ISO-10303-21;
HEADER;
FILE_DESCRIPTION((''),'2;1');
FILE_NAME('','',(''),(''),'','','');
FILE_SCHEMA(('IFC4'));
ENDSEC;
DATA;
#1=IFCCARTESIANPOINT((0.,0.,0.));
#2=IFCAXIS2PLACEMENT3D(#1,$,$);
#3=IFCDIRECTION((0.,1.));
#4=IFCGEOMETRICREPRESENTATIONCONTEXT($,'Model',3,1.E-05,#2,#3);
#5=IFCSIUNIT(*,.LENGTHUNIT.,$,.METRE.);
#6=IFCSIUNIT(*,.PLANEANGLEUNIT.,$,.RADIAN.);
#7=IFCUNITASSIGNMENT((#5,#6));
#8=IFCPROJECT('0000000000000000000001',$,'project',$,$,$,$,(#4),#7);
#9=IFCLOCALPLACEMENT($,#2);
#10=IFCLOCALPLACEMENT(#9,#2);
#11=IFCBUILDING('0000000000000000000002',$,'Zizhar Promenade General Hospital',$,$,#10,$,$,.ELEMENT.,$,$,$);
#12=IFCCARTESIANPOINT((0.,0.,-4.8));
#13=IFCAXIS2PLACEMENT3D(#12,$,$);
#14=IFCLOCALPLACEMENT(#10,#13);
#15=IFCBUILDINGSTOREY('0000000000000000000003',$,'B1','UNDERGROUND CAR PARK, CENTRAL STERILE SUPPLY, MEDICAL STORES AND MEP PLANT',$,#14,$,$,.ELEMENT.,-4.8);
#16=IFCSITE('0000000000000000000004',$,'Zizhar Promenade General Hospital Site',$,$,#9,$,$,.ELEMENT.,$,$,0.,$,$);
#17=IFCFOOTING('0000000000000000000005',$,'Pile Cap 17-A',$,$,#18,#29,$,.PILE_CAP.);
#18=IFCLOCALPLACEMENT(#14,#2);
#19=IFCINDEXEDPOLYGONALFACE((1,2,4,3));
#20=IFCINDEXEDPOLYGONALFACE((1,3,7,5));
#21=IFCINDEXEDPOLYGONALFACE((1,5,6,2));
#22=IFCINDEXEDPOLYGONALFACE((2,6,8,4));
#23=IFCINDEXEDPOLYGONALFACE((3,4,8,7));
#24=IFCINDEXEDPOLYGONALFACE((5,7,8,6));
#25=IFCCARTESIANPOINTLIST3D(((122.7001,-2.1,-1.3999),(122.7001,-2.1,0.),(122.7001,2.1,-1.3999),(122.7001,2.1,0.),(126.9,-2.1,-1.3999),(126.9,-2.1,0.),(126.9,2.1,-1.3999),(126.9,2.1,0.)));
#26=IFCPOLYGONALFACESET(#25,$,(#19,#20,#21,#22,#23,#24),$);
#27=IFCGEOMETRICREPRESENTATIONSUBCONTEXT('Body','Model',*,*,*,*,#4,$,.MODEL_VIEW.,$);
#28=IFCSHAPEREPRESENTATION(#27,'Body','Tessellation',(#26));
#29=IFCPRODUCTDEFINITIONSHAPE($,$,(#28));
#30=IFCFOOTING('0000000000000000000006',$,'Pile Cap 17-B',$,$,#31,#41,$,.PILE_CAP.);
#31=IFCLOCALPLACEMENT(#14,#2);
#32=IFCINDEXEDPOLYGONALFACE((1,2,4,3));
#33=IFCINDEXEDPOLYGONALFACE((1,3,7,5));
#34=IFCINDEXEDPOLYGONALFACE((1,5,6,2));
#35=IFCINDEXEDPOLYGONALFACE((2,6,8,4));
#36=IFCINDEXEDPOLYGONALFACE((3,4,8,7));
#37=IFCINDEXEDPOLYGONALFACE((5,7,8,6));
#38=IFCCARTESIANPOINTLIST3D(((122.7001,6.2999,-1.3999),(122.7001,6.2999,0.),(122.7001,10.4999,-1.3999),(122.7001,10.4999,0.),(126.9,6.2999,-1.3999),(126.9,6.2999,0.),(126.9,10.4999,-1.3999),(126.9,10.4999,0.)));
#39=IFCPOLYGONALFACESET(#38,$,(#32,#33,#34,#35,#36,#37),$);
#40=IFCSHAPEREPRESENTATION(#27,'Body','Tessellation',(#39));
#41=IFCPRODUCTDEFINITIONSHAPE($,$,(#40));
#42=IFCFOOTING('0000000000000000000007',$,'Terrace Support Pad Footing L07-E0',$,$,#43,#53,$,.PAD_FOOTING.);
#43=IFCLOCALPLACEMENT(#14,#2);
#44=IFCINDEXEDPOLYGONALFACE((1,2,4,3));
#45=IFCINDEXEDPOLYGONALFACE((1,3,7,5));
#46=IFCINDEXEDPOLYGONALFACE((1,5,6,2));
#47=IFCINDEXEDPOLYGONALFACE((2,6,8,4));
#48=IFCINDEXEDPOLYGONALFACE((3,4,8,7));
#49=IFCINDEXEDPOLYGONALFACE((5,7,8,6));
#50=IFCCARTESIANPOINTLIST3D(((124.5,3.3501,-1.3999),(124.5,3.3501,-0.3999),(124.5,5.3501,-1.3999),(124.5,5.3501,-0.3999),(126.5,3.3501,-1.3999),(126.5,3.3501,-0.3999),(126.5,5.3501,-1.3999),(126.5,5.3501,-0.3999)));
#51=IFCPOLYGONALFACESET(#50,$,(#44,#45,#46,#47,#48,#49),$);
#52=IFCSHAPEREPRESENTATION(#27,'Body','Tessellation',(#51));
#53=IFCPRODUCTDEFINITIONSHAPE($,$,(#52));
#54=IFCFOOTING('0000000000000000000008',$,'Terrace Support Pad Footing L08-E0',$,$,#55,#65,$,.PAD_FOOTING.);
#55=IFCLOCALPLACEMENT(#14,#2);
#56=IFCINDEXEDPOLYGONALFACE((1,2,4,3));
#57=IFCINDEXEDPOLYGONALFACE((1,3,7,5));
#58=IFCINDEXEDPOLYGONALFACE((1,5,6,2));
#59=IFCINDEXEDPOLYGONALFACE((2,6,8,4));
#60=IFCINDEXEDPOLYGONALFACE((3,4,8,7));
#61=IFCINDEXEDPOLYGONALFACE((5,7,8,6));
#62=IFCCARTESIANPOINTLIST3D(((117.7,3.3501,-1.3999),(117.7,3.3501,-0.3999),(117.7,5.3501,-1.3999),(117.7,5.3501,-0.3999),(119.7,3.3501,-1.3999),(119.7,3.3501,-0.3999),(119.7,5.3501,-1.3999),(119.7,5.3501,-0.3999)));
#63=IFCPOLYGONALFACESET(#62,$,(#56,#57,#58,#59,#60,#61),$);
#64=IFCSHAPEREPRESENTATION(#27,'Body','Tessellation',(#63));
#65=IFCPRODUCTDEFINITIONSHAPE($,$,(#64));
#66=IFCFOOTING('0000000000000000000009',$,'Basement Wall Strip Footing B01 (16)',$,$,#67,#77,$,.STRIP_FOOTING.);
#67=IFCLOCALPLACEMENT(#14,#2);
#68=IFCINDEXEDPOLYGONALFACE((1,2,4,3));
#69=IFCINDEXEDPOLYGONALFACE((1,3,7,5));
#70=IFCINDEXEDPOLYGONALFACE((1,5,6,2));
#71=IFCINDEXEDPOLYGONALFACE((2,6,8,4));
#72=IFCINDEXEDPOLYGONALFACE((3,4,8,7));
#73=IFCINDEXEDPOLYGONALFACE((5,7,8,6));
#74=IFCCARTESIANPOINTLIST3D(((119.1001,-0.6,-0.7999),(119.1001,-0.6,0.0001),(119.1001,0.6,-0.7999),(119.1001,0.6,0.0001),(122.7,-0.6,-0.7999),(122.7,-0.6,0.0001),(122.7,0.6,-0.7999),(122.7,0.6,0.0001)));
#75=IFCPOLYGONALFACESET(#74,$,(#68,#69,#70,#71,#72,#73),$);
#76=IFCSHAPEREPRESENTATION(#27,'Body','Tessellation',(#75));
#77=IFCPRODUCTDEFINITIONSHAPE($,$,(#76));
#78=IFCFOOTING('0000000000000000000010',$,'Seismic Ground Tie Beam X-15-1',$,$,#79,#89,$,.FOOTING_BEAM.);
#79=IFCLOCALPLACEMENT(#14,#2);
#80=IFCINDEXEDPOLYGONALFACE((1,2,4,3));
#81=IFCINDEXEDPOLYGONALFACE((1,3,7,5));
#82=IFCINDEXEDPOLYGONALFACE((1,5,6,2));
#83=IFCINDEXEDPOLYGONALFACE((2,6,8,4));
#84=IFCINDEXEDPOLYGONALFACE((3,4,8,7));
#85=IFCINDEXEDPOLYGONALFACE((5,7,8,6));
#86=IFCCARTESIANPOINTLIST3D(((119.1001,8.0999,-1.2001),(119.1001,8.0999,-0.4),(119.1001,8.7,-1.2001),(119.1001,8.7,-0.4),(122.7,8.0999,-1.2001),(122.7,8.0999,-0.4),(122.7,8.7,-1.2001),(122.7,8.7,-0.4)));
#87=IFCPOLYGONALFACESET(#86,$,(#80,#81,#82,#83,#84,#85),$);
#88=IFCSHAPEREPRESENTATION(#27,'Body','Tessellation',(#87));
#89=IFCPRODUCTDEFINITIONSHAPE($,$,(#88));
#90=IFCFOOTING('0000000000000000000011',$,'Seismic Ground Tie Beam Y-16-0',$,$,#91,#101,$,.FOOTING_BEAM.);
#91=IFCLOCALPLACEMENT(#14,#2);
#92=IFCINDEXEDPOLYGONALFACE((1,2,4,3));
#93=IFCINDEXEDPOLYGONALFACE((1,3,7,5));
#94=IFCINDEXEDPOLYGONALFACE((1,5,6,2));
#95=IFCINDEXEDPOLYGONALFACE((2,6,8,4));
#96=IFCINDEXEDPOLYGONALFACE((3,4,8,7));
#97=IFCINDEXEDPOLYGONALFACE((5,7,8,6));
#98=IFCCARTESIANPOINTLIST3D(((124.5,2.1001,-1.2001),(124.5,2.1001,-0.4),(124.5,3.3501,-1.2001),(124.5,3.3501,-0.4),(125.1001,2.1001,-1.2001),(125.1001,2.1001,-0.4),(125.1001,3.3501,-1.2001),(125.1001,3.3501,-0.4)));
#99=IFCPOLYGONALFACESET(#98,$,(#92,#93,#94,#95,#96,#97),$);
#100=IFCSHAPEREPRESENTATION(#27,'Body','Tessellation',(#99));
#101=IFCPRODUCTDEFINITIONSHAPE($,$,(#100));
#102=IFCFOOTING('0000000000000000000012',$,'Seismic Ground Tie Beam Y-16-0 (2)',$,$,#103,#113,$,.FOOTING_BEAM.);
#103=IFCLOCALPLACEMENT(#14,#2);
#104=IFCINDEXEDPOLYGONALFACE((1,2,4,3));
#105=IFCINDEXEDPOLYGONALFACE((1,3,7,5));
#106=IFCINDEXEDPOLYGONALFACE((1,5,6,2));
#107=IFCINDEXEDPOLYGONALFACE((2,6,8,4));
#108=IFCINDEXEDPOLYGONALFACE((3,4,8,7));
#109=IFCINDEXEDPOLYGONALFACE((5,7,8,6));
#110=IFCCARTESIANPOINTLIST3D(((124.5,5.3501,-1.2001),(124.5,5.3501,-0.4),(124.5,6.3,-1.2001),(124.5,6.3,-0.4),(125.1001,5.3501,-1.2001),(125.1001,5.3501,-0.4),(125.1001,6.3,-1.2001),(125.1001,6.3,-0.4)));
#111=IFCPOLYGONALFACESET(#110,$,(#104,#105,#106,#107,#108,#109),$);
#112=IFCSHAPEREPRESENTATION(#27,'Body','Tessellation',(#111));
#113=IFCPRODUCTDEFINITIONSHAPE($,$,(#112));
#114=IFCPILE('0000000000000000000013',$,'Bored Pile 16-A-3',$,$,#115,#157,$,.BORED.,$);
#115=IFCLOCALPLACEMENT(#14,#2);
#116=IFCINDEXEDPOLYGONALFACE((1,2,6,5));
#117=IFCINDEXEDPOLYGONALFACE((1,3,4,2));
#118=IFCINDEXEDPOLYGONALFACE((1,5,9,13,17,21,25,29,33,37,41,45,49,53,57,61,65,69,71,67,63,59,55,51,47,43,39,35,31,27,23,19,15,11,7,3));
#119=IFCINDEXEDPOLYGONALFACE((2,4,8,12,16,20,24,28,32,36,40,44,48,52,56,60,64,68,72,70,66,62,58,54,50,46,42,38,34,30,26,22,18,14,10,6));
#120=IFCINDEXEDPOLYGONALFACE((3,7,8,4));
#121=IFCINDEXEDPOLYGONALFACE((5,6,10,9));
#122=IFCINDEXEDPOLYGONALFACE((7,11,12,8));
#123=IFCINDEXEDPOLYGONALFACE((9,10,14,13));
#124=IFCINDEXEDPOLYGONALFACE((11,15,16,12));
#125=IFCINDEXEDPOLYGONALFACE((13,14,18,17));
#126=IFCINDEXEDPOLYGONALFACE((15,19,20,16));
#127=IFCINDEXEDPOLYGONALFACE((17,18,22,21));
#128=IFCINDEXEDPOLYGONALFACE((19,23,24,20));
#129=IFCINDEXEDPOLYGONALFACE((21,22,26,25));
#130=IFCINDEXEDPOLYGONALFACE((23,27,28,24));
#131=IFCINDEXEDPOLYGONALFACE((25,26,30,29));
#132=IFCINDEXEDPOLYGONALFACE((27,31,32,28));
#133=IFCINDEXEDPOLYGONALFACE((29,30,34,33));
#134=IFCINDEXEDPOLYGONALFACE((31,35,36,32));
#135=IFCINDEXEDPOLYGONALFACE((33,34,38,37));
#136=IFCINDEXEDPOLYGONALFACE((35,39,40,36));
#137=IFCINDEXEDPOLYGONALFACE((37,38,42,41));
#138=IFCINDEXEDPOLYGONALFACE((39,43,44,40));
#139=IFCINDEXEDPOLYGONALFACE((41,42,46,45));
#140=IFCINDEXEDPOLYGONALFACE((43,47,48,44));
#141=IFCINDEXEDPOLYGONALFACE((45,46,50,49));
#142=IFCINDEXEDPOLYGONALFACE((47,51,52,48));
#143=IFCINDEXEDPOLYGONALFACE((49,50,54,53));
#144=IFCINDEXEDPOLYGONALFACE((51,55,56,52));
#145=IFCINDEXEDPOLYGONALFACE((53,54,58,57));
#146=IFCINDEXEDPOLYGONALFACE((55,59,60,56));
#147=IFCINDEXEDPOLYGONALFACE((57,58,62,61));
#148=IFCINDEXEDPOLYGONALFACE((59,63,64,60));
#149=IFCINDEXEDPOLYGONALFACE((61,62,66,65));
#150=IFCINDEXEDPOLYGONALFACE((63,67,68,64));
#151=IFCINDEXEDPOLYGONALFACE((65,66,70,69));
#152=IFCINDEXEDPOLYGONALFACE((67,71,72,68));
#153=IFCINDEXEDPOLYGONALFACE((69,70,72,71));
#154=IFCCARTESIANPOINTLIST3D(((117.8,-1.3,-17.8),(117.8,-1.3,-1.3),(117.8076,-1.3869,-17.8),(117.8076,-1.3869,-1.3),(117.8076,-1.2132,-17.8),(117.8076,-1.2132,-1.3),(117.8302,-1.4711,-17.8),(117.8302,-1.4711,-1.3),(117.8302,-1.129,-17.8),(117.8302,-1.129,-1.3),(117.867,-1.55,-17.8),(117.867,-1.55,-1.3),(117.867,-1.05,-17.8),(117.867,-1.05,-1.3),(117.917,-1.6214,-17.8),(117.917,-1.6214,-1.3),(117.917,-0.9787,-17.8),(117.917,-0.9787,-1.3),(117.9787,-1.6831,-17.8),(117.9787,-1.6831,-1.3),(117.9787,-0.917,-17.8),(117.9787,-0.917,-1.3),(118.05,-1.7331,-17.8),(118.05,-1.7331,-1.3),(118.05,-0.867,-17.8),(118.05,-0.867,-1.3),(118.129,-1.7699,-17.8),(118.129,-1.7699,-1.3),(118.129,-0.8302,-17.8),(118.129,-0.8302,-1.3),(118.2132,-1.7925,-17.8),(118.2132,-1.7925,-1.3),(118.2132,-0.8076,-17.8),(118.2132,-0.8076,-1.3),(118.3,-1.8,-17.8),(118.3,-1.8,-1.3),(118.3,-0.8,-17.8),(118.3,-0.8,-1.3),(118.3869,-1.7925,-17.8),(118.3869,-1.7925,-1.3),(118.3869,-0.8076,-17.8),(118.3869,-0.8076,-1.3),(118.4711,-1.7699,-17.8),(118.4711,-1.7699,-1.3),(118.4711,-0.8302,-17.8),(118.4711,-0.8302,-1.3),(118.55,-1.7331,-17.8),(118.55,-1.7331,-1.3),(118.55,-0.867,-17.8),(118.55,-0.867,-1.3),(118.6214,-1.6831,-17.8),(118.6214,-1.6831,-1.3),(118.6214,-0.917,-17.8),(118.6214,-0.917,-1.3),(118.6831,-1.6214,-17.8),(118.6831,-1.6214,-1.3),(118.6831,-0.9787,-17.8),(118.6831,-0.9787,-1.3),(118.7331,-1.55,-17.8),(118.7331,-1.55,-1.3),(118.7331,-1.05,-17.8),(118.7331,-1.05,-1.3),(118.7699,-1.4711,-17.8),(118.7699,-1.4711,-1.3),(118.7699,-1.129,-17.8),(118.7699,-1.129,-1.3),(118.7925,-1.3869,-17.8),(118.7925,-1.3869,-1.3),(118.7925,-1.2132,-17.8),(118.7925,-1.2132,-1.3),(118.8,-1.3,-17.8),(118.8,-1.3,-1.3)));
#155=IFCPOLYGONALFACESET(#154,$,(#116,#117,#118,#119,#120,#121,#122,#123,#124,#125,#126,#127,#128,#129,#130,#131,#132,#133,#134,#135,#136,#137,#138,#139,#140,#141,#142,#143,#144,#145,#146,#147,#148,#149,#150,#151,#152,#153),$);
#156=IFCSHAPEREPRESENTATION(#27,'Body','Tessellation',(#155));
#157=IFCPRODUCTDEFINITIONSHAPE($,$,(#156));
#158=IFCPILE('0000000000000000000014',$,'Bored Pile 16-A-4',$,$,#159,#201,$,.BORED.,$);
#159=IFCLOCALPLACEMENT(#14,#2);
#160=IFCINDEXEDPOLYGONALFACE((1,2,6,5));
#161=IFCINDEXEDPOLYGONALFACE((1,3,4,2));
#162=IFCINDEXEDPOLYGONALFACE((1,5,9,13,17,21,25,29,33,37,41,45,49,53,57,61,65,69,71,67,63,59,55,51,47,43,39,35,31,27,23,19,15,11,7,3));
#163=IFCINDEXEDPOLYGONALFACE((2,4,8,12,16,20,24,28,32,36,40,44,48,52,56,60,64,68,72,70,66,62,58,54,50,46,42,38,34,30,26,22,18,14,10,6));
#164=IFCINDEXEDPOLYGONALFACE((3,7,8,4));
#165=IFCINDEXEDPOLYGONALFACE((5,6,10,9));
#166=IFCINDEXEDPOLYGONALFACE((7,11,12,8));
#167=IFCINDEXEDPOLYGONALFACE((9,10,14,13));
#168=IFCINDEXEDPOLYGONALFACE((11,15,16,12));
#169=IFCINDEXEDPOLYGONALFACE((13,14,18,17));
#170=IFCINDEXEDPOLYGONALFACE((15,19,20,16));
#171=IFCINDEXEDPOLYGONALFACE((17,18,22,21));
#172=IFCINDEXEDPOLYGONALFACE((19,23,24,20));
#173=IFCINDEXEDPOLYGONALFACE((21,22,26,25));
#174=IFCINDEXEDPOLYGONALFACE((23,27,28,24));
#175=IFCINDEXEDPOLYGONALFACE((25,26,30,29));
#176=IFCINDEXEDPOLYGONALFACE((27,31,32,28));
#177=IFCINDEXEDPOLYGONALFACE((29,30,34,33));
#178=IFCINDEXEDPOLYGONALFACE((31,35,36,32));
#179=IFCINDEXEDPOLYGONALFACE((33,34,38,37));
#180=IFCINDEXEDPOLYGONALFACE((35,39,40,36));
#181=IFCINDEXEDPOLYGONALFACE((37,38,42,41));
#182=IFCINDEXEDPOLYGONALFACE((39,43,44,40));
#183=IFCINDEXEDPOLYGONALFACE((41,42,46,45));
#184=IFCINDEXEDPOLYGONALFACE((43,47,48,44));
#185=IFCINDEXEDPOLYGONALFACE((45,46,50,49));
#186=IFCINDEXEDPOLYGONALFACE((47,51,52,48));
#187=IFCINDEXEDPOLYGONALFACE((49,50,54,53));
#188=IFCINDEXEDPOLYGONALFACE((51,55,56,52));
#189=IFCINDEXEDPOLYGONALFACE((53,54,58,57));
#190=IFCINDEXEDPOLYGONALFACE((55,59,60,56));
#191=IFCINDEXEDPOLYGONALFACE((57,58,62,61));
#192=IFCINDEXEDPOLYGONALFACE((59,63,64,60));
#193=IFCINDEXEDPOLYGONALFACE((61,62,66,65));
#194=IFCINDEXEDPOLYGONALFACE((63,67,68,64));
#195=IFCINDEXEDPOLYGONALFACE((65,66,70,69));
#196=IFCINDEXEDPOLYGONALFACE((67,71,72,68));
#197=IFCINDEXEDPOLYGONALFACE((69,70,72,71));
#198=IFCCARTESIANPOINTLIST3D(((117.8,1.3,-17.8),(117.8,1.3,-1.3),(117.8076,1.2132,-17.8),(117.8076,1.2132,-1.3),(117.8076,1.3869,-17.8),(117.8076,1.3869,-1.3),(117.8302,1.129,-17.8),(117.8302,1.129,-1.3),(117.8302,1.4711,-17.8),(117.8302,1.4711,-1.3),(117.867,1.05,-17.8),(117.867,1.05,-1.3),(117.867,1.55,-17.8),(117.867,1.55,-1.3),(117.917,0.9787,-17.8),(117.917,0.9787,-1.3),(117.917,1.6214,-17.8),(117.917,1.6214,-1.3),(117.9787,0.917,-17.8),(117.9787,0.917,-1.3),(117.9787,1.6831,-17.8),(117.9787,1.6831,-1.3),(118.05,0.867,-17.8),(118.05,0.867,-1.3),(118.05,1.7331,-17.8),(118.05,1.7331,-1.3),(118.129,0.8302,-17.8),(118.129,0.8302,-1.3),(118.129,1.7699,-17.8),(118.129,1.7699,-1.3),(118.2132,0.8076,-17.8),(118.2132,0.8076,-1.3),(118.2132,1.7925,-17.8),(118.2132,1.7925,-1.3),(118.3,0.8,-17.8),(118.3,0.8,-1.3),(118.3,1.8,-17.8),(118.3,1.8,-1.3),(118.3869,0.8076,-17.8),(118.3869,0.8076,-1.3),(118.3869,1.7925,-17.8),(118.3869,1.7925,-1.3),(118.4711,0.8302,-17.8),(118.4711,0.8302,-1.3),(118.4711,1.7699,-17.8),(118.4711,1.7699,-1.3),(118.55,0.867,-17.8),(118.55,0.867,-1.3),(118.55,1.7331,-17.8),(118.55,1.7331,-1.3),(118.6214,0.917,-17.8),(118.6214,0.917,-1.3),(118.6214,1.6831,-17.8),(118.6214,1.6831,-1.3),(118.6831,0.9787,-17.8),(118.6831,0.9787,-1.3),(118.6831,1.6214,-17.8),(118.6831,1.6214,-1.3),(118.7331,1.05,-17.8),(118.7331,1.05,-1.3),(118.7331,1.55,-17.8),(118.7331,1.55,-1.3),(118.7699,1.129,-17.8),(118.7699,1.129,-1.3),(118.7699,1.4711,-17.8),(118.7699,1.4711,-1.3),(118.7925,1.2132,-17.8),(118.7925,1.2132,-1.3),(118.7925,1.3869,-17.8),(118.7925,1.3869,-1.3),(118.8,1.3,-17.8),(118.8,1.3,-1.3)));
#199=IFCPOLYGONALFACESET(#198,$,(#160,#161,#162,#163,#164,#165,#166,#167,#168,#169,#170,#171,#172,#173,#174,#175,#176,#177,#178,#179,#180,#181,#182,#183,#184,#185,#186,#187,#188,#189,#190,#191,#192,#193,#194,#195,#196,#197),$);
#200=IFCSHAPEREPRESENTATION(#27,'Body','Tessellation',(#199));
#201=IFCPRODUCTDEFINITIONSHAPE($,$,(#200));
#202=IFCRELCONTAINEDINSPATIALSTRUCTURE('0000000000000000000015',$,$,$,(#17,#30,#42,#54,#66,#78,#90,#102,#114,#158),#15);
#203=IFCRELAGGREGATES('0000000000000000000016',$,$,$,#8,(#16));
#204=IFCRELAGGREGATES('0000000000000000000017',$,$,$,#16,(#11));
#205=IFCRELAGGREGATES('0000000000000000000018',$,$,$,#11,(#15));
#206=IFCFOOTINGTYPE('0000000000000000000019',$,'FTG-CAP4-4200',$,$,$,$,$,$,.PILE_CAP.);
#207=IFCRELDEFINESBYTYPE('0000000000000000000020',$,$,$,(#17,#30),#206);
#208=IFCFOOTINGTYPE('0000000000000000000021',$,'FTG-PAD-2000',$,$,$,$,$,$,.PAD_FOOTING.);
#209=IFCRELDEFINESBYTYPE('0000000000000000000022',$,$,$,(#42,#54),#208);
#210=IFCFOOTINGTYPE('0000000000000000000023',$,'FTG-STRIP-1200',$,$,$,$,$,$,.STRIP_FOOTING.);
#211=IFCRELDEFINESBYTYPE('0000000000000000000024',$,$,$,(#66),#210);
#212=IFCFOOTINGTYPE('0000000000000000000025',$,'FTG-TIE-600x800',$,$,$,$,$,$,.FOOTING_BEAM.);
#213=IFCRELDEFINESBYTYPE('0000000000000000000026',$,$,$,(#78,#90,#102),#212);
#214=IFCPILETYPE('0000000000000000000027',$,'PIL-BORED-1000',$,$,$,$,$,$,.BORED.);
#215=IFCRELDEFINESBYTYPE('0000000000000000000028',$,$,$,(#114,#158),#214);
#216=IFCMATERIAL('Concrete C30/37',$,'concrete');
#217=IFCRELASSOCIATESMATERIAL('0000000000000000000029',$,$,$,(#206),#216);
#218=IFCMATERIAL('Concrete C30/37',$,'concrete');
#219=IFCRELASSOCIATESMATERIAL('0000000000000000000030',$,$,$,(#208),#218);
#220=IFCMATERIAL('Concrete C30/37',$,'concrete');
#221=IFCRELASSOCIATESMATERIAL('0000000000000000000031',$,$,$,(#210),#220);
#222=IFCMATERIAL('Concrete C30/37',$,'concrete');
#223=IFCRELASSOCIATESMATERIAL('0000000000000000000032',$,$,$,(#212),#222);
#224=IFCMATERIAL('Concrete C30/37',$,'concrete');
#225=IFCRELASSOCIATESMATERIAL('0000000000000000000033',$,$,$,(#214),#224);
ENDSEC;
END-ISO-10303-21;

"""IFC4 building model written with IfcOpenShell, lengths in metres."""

from ifc_helpers import new_model, si_unit, direction, frame, origin, origin_2d, place, context, subcontext, project, spatial, rectangle, circle, extrude, material, material_profile, profile_set, type_object, element, save


model = new_model("IFC4")

# Units and contexts
model_context = context("Model", 3, precision=1e-05, world=origin(), true_north=direction((0.0, 1.0)))
body_context = subcontext(model_context, "Body", "Model", "MODEL_VIEW")
ifc_project = project(units=[si_unit("LENGTHUNIT", "METRE"), si_unit("PLANEANGLEUNIT", "RADIAN")], contexts=[model_context])

# Site, building, storey
site_placement = place(None, origin())
site = spatial("IfcSite", under=ifc_project, at=site_placement, Name="Zizhar Promenade General Hospital Site", CompositionType="ELEMENT", RefElevation=0.0)
building_placement = place(site_placement, origin())
building = spatial("IfcBuilding", under=site, at=building_placement, Name="Zizhar Promenade General Hospital", CompositionType="ELEMENT")
storey_placement = place(building_placement, frame((0.0, 0.0, -4.8)))
storey = spatial("IfcBuildingStorey", under=building, at=storey_placement, Name="B1", Description="UNDERGROUND CAR PARK, CENTRAL STERILE SUPPLY, MEDICAL STORES AND MEP PLANT", CompositionType="ELEMENT", Elevation=-4.8)

# Footings
ifc_material_1 = material(Name="Concrete C30/37", Category="concrete")
footing_type_1 = type_object("IfcFootingType", Name="FTG-CAP4-4200", PredefinedType="PILE_CAP", material=ifc_material_1)
for number, where, z_axis, x_axis, name in (
    (1, (124.8, 0.0, -1.3999), (0.0, 0.0, 1.0), (1.0, 0.0, 0.0), "Pile Cap 17-A"),
    (2, (124.8, 8.3999, -1.3999), (0.0, 0.0, 1.0), (1.0, 0.0, 0.0), "Pile Cap 17-B"),
):
    element("IfcFooting", number, at=place(storey_placement, frame(where, z_axis=z_axis, x_axis=x_axis)), inside=storey, type_object=footing_type_1, Name=name, PredefinedType="PILE_CAP", context=body_context, shape_type="SweptSolid", body=[
        extrude(rectangle(XDim=4.2, YDim=4.2, at=origin_2d()), origin(), (0.0, 0.0, 1.0), 1.3999),
    ])
ifc_material_2 = material(Name="Concrete C30/37", Category="concrete")
footing_type_2 = type_object("IfcFootingType", Name="FTG-PAD-2000", PredefinedType="PAD_FOOTING", material=ifc_material_2)
for number, where, z_axis, x_axis, name in (
    (3, (125.5, 4.3501, -1.3999), (0.0, 0.0, 1.0), (1.0, 0.0, 0.0), "Terrace Support Pad Footing L07-E0"),
    (4, (118.7, 4.3501, -1.3999), (0.0, 0.0, 1.0), (1.0, 0.0, 0.0), "Terrace Support Pad Footing L08-E0"),
):
    element("IfcFooting", number, at=place(storey_placement, frame(where, z_axis=z_axis, x_axis=x_axis)), inside=storey, type_object=footing_type_2, Name=name, PredefinedType="PAD_FOOTING", context=body_context, shape_type="SweptSolid", body=[
        extrude(rectangle(XDim=2.0, YDim=2.0, at=origin_2d()), origin(), (0.0, 0.0, 1.0), 1.0),
    ])
ifc_material_3 = material(Name="Concrete C30/37", Category="concrete")
ifc_material_profile_1 = material_profile(ifc_material_3, rectangle(XDim=1.2, YDim=0.8, at=origin_2d()))
ifc_profile_set_1 = profile_set([ifc_material_profile_1], Name="Concrete C30/37")
footing_type_3 = type_object("IfcFootingType", Name="FTG-STRIP-1200", PredefinedType="STRIP_FOOTING", material=ifc_profile_set_1)
footing_1_placement = place(storey_placement, frame((119.1001, 0.0, -0.3999), z_axis=(1.0, 0.0, 0.0), x_axis=(0.0, 1.0, 0.0)))
element("IfcFooting", 5, at=footing_1_placement, inside=storey, type_object=footing_type_3, Name="Basement Wall Strip Footing B01 (16)", PredefinedType="STRIP_FOOTING", context=body_context, shape_type="SweptSolid", body=[
    extrude(rectangle(XDim=1.2, YDim=0.8, at=origin_2d()), origin(), (0.0, 0.0, 1.0), 3.5999),
])
ifc_material_4 = material(Name="Concrete C30/37", Category="concrete")
ifc_material_profile_2 = material_profile(ifc_material_4, rectangle(XDim=0.6001, YDim=0.8, at=origin_2d()))
ifc_profile_set_2 = profile_set([ifc_material_profile_2], Name="Concrete C30/37")
footing_type_4 = type_object("IfcFootingType", Name="FTG-TIE-600x800", PredefinedType="FOOTING_BEAM", material=ifc_profile_set_2)
footing_2_placement = place(storey_placement, frame((119.1001, 8.3999, -0.8), z_axis=(1.0, 0.0, 0.0), x_axis=(0.0, 1.0, 0.0)))
element("IfcFooting", 6, at=footing_2_placement, inside=storey, type_object=footing_type_4, Name="Seismic Ground Tie Beam X-15-1", PredefinedType="FOOTING_BEAM", context=body_context, shape_type="SweptSolid", body=[
    extrude(rectangle(XDim=0.6001, YDim=0.8, at=origin_2d()), origin(), (0.0, 0.0, 1.0), 3.5999),
])
footing_3_placement = place(storey_placement, frame((124.8, 2.1001, -0.8), z_axis=(0.0, 1.0, 0.0), x_axis=(-1.0, 0.0, 0.0)))
element("IfcFooting", 7, at=footing_3_placement, inside=storey, type_object=footing_type_4, Name="Seismic Ground Tie Beam Y-16-0", PredefinedType="FOOTING_BEAM", context=body_context, shape_type="SweptSolid", body=[
    extrude(rectangle(XDim=0.6001, YDim=0.8, at=origin_2d()), origin(), (0.0, 0.0, 1.0), 1.25),
])
footing_4_placement = place(storey_placement, frame((124.8, 5.3501, -0.8), z_axis=(0.0, 1.0, 0.0), x_axis=(-1.0, 0.0, 0.0)))
element("IfcFooting", 8, at=footing_4_placement, inside=storey, type_object=footing_type_4, Name="Seismic Ground Tie Beam Y-16-0 (2)", PredefinedType="FOOTING_BEAM", context=body_context, shape_type="SweptSolid", body=[
    extrude(rectangle(XDim=0.6001, YDim=0.8, at=origin_2d()), origin(), (0.0, 0.0, 1.0), 0.95),
])

# Piles
ifc_material_5 = material(Name="Concrete C30/37", Category="concrete")
ifc_material_profile_3 = material_profile(ifc_material_5, circle(Radius=0.5, at=origin_2d()))
ifc_profile_set_3 = profile_set([ifc_material_profile_3], Name="Concrete C30/37")
pile_type = type_object("IfcPileType", Name="PIL-BORED-1000", PredefinedType="BORED", material=ifc_profile_set_3)
for number, where, z_axis, x_axis, name in (
    (9, (118.3, -1.3, -1.3), (0.0, 0.0, -1.0), (1.0, 0.0, 0.0), "Bored Pile 16-A-3"),
    (10, (118.3, 1.3, -1.3), (0.0, 0.0, -1.0), (1.0, 0.0, 0.0), "Bored Pile 16-A-4"),
):
    element("IfcPile", number, at=place(storey_placement, frame(where, z_axis=z_axis, x_axis=x_axis)), inside=storey, type_object=pile_type, Name=name, PredefinedType="BORED", context=body_context, shape_type="SweptSolid", body=[
        extrude(circle(Radius=0.5, at=origin_2d()), origin(), (0.0, 0.0, 1.0), 16.5),
    ])

save(model, "model.ifc")
